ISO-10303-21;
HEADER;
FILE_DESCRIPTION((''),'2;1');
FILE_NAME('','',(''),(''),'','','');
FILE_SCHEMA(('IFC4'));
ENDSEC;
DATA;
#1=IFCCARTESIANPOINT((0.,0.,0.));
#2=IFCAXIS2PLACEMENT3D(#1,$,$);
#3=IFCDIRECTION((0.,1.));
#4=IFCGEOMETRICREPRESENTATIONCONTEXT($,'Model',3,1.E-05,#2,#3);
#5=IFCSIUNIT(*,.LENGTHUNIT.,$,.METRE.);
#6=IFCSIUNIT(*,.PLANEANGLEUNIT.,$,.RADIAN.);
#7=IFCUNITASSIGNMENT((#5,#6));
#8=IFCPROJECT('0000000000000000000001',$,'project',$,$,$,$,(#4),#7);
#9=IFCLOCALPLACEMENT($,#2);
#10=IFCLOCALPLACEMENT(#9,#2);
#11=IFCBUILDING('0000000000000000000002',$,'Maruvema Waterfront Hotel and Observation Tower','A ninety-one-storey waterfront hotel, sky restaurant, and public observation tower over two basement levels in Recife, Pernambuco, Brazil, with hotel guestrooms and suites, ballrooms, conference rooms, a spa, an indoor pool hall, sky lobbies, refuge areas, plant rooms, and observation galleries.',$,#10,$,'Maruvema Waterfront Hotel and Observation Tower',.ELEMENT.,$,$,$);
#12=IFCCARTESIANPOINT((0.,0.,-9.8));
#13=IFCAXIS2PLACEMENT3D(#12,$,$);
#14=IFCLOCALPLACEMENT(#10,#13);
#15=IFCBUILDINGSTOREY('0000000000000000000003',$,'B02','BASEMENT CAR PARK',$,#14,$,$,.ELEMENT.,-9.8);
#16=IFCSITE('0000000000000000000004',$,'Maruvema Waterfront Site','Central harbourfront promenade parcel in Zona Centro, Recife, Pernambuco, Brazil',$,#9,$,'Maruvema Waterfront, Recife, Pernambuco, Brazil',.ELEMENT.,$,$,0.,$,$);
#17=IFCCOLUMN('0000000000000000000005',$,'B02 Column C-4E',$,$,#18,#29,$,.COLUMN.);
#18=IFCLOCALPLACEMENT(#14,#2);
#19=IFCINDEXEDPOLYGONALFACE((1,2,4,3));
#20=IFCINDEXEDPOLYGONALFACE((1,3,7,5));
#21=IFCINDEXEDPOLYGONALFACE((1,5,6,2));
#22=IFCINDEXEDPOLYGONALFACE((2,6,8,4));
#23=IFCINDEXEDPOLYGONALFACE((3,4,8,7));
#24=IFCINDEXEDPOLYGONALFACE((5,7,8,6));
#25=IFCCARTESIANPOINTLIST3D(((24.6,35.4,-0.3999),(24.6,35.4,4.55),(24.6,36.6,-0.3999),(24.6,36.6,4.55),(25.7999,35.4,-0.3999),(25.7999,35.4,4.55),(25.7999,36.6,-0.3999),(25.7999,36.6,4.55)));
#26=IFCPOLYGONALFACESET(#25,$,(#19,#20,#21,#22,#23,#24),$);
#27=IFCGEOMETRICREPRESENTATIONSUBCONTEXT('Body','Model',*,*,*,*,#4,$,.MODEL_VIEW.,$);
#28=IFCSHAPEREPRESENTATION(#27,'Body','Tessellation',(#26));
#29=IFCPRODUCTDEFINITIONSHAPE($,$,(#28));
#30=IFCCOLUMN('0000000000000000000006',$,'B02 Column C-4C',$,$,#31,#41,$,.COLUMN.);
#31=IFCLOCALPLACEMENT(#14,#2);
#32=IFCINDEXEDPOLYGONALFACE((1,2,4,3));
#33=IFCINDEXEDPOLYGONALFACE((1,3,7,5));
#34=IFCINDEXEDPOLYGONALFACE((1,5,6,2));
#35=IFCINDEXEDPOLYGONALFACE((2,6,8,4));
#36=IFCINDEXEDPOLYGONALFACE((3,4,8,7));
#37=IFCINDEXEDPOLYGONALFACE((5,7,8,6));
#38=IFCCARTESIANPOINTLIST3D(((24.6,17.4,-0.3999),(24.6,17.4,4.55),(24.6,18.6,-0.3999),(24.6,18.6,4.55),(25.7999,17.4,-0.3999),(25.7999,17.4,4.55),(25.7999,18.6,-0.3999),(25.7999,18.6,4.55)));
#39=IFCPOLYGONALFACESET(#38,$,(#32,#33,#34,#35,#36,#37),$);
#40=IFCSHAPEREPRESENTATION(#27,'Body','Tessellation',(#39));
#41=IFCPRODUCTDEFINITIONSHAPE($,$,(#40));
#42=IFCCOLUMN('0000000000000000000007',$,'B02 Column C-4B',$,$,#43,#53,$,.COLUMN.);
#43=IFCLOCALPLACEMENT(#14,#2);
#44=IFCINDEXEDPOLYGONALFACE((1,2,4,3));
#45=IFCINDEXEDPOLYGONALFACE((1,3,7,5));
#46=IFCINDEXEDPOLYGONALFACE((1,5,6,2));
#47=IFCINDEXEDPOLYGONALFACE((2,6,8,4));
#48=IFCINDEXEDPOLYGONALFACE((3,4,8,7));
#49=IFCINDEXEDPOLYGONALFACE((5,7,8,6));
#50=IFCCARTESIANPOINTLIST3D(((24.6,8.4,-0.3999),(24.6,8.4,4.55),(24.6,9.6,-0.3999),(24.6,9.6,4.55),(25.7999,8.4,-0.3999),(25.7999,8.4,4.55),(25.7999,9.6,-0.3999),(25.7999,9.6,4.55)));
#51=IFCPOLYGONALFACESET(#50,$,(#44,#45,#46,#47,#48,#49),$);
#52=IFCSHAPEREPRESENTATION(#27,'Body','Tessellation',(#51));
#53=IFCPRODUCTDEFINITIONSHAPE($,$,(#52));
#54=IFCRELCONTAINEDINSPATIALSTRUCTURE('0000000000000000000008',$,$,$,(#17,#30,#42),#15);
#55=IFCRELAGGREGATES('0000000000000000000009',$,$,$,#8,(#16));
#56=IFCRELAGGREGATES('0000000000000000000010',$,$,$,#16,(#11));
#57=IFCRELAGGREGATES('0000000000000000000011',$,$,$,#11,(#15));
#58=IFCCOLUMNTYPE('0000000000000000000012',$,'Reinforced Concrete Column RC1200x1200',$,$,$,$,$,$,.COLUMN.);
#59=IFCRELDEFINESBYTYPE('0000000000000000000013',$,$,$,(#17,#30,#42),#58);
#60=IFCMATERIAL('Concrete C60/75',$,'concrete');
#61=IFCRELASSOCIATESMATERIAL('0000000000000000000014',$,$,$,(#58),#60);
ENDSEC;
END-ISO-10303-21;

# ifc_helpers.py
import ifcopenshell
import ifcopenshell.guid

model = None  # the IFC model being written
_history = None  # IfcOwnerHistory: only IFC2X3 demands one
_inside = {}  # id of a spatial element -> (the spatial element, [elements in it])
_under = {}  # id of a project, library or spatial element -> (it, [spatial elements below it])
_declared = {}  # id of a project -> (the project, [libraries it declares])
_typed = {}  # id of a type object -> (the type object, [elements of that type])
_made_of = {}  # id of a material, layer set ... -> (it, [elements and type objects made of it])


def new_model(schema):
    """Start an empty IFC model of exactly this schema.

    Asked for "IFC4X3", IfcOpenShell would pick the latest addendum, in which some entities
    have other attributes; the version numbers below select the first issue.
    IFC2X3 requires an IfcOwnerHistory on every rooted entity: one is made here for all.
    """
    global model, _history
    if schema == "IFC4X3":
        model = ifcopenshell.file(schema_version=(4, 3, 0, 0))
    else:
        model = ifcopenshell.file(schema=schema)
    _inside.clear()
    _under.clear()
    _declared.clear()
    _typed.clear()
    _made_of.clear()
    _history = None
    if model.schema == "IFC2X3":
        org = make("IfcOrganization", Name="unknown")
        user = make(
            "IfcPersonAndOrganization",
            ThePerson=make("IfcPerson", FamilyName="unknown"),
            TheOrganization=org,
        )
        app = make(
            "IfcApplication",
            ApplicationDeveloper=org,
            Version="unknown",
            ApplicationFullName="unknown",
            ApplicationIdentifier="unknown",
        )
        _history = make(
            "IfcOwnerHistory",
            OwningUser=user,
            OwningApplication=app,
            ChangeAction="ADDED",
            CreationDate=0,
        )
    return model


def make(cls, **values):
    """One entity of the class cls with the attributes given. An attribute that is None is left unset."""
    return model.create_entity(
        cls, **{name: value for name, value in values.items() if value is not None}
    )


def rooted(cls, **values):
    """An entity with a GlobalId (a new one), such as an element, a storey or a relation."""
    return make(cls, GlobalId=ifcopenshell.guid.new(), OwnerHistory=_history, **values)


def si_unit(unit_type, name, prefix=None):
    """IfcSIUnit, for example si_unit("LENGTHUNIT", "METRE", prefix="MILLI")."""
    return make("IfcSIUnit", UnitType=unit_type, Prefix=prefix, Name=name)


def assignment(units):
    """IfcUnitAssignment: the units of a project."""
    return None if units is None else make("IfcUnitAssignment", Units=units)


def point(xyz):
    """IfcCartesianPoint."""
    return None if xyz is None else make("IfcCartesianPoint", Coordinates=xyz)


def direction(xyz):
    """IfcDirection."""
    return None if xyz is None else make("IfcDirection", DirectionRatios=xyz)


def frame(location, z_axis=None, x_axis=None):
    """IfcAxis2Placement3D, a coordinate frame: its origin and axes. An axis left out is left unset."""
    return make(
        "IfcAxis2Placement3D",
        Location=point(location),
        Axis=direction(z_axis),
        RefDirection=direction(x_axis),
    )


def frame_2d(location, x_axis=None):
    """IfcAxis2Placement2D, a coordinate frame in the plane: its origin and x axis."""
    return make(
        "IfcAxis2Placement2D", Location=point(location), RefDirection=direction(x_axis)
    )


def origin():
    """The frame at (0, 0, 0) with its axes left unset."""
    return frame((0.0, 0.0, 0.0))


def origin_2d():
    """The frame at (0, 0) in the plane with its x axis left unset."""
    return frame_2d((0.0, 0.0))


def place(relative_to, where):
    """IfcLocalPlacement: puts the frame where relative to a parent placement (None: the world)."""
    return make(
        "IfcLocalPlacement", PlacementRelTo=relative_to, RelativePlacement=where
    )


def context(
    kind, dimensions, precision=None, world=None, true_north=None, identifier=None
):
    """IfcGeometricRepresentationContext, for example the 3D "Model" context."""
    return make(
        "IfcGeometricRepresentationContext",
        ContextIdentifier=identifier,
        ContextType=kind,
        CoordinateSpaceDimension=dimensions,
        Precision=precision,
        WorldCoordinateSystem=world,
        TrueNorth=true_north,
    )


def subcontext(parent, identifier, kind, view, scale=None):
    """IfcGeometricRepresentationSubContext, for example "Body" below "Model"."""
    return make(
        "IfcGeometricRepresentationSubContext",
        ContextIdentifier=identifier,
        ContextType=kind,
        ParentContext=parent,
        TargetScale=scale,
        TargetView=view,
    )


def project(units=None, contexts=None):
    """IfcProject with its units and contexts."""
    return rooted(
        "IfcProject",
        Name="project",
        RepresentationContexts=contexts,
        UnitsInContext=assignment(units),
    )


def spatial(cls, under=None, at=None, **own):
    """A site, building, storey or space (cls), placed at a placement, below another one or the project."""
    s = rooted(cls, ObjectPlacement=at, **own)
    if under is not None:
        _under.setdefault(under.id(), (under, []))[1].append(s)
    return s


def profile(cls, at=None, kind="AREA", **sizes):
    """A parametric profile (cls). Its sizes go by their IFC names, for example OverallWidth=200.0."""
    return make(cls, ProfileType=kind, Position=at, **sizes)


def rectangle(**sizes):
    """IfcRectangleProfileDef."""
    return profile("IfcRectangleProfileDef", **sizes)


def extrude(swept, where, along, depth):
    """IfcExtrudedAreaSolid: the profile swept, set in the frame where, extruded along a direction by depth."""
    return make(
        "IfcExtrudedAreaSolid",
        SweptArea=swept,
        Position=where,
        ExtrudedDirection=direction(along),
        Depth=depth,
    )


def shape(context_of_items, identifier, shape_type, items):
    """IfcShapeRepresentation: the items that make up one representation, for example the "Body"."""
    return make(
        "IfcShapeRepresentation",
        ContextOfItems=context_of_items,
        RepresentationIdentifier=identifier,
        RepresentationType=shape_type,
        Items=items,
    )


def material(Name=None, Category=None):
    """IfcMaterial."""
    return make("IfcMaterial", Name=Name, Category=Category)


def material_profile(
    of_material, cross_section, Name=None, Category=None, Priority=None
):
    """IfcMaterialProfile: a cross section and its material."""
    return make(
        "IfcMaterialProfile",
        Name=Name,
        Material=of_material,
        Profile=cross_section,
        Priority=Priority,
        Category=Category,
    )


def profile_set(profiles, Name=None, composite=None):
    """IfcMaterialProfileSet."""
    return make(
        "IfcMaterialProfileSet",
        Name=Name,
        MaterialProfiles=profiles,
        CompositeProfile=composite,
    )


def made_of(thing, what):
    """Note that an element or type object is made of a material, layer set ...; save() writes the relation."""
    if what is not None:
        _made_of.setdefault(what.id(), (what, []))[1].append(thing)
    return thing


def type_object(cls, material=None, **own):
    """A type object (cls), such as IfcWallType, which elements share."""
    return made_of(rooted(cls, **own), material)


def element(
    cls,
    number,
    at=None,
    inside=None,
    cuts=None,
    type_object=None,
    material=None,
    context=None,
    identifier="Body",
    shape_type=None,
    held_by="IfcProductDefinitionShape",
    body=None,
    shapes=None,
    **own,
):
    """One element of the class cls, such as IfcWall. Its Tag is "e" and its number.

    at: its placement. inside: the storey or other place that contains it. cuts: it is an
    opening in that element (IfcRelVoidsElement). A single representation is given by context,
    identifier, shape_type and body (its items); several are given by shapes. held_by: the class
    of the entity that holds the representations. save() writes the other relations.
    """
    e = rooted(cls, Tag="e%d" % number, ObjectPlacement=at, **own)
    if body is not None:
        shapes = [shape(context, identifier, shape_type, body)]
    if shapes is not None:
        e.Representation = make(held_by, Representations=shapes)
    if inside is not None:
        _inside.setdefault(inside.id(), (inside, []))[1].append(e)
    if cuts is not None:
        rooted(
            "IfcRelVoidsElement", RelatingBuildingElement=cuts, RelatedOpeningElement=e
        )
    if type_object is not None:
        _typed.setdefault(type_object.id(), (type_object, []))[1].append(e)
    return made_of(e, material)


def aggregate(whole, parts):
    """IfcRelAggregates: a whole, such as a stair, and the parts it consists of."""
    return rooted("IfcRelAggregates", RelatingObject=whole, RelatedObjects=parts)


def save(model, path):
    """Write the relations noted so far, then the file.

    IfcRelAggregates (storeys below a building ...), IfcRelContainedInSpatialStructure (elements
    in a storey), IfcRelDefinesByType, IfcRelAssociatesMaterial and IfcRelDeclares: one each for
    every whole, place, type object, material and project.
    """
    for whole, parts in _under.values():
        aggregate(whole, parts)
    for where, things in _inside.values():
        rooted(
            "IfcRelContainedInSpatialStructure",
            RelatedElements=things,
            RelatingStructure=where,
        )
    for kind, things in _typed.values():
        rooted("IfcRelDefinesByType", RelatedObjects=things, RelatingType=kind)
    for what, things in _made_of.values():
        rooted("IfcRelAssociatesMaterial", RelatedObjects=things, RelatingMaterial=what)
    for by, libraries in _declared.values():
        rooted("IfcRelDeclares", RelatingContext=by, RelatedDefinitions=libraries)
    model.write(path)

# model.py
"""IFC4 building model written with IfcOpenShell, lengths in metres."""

from ifc_helpers import new_model, si_unit, direction, frame, origin, origin_2d, place, context, subcontext, project, spatial, rectangle, extrude, material, material_profile, profile_set, type_object, element, save


model = new_model("IFC4")

# Units and contexts
model_context = context("Model", 3, precision=1e-05, world=origin(), true_north=direction((0.0, 1.0)))
body_context = subcontext(model_context, "Body", "Model", "MODEL_VIEW")
ifc_project = project(units=[si_unit("LENGTHUNIT", "METRE"), si_unit("PLANEANGLEUNIT", "RADIAN")], contexts=[model_context])

# Site, building, storey
site_placement = place(None, origin())
site = spatial("IfcSite", under=ifc_project, at=site_placement, Name="Maruvema Waterfront Site", Description="Central harbourfront promenade parcel in Zona Centro, Recife, Pernambuco, Brazil", LongName="Maruvema Waterfront, Recife, Pernambuco, Brazil", CompositionType="ELEMENT", RefElevation=0.0)
building_placement = place(site_placement, origin())
building = spatial("IfcBuilding", under=site, at=building_placement, Name="Maruvema Waterfront Hotel and Observation Tower", Description="A ninety-one-storey waterfront hotel, sky restaurant, and public observation tower over two basement levels in Recife, Pernambuco, Brazil, with hotel guestrooms and suites, ballrooms, conference rooms, a spa, an indoor pool hall, sky lobbies, refuge areas, plant rooms, and observation galleries.", LongName="Maruvema Waterfront Hotel and Observation Tower", CompositionType="ELEMENT")
storey_placement = place(building_placement, frame((0.0, 0.0, -9.8)))
storey = spatial("IfcBuildingStorey", under=building, at=storey_placement, Name="B02", Description="BASEMENT CAR PARK", CompositionType="ELEMENT", Elevation=-9.8)

# Columns
ifc_material_1 = material(Name="Concrete C60/75", Category="concrete")
ifc_material_profile_1 = material_profile(ifc_material_1, rectangle(XDim=1.2, YDim=1.2, at=origin_2d()), Name="RC1200x1200")
ifc_profile_set_1 = profile_set([ifc_material_profile_1], Name="Concrete C60/75")
column_type_1 = type_object("IfcColumnType", Name="Reinforced Concrete Column RC1200x1200", PredefinedType="COLUMN", material=ifc_profile_set_1)
for number, where, z_axis, x_axis, name in (
    (1, (25.2, 36.0, -0.3999), (0.0, 0.0, 1.0), (1.0, 0.0, 0.0), "B02 Column C-4E"),
    (2, (25.2, 18.0, -0.3999), (0.0, 0.0, 1.0), (1.0, 0.0, 0.0), "B02 Column C-4C"),
    (3, (25.2, 9.0, -0.3999), (0.0, 0.0, 1.0), (1.0, 0.0, 0.0), "B02 Column C-4B"),
):
    element("IfcColumn", number, at=place(storey_placement, frame(where, z_axis=z_axis, x_axis=x_axis)), inside=storey, type_object=column_type_1, Name=name, PredefinedType="COLUMN", context=body_context, shape_type="SweptSolid", body=[
        extrude(rectangle(XDim=1.2, YDim=1.2, at=origin_2d()), origin(), (0.0, 0.0, 1.0), 4.95),
    ])

save(model, "model.ifc")
